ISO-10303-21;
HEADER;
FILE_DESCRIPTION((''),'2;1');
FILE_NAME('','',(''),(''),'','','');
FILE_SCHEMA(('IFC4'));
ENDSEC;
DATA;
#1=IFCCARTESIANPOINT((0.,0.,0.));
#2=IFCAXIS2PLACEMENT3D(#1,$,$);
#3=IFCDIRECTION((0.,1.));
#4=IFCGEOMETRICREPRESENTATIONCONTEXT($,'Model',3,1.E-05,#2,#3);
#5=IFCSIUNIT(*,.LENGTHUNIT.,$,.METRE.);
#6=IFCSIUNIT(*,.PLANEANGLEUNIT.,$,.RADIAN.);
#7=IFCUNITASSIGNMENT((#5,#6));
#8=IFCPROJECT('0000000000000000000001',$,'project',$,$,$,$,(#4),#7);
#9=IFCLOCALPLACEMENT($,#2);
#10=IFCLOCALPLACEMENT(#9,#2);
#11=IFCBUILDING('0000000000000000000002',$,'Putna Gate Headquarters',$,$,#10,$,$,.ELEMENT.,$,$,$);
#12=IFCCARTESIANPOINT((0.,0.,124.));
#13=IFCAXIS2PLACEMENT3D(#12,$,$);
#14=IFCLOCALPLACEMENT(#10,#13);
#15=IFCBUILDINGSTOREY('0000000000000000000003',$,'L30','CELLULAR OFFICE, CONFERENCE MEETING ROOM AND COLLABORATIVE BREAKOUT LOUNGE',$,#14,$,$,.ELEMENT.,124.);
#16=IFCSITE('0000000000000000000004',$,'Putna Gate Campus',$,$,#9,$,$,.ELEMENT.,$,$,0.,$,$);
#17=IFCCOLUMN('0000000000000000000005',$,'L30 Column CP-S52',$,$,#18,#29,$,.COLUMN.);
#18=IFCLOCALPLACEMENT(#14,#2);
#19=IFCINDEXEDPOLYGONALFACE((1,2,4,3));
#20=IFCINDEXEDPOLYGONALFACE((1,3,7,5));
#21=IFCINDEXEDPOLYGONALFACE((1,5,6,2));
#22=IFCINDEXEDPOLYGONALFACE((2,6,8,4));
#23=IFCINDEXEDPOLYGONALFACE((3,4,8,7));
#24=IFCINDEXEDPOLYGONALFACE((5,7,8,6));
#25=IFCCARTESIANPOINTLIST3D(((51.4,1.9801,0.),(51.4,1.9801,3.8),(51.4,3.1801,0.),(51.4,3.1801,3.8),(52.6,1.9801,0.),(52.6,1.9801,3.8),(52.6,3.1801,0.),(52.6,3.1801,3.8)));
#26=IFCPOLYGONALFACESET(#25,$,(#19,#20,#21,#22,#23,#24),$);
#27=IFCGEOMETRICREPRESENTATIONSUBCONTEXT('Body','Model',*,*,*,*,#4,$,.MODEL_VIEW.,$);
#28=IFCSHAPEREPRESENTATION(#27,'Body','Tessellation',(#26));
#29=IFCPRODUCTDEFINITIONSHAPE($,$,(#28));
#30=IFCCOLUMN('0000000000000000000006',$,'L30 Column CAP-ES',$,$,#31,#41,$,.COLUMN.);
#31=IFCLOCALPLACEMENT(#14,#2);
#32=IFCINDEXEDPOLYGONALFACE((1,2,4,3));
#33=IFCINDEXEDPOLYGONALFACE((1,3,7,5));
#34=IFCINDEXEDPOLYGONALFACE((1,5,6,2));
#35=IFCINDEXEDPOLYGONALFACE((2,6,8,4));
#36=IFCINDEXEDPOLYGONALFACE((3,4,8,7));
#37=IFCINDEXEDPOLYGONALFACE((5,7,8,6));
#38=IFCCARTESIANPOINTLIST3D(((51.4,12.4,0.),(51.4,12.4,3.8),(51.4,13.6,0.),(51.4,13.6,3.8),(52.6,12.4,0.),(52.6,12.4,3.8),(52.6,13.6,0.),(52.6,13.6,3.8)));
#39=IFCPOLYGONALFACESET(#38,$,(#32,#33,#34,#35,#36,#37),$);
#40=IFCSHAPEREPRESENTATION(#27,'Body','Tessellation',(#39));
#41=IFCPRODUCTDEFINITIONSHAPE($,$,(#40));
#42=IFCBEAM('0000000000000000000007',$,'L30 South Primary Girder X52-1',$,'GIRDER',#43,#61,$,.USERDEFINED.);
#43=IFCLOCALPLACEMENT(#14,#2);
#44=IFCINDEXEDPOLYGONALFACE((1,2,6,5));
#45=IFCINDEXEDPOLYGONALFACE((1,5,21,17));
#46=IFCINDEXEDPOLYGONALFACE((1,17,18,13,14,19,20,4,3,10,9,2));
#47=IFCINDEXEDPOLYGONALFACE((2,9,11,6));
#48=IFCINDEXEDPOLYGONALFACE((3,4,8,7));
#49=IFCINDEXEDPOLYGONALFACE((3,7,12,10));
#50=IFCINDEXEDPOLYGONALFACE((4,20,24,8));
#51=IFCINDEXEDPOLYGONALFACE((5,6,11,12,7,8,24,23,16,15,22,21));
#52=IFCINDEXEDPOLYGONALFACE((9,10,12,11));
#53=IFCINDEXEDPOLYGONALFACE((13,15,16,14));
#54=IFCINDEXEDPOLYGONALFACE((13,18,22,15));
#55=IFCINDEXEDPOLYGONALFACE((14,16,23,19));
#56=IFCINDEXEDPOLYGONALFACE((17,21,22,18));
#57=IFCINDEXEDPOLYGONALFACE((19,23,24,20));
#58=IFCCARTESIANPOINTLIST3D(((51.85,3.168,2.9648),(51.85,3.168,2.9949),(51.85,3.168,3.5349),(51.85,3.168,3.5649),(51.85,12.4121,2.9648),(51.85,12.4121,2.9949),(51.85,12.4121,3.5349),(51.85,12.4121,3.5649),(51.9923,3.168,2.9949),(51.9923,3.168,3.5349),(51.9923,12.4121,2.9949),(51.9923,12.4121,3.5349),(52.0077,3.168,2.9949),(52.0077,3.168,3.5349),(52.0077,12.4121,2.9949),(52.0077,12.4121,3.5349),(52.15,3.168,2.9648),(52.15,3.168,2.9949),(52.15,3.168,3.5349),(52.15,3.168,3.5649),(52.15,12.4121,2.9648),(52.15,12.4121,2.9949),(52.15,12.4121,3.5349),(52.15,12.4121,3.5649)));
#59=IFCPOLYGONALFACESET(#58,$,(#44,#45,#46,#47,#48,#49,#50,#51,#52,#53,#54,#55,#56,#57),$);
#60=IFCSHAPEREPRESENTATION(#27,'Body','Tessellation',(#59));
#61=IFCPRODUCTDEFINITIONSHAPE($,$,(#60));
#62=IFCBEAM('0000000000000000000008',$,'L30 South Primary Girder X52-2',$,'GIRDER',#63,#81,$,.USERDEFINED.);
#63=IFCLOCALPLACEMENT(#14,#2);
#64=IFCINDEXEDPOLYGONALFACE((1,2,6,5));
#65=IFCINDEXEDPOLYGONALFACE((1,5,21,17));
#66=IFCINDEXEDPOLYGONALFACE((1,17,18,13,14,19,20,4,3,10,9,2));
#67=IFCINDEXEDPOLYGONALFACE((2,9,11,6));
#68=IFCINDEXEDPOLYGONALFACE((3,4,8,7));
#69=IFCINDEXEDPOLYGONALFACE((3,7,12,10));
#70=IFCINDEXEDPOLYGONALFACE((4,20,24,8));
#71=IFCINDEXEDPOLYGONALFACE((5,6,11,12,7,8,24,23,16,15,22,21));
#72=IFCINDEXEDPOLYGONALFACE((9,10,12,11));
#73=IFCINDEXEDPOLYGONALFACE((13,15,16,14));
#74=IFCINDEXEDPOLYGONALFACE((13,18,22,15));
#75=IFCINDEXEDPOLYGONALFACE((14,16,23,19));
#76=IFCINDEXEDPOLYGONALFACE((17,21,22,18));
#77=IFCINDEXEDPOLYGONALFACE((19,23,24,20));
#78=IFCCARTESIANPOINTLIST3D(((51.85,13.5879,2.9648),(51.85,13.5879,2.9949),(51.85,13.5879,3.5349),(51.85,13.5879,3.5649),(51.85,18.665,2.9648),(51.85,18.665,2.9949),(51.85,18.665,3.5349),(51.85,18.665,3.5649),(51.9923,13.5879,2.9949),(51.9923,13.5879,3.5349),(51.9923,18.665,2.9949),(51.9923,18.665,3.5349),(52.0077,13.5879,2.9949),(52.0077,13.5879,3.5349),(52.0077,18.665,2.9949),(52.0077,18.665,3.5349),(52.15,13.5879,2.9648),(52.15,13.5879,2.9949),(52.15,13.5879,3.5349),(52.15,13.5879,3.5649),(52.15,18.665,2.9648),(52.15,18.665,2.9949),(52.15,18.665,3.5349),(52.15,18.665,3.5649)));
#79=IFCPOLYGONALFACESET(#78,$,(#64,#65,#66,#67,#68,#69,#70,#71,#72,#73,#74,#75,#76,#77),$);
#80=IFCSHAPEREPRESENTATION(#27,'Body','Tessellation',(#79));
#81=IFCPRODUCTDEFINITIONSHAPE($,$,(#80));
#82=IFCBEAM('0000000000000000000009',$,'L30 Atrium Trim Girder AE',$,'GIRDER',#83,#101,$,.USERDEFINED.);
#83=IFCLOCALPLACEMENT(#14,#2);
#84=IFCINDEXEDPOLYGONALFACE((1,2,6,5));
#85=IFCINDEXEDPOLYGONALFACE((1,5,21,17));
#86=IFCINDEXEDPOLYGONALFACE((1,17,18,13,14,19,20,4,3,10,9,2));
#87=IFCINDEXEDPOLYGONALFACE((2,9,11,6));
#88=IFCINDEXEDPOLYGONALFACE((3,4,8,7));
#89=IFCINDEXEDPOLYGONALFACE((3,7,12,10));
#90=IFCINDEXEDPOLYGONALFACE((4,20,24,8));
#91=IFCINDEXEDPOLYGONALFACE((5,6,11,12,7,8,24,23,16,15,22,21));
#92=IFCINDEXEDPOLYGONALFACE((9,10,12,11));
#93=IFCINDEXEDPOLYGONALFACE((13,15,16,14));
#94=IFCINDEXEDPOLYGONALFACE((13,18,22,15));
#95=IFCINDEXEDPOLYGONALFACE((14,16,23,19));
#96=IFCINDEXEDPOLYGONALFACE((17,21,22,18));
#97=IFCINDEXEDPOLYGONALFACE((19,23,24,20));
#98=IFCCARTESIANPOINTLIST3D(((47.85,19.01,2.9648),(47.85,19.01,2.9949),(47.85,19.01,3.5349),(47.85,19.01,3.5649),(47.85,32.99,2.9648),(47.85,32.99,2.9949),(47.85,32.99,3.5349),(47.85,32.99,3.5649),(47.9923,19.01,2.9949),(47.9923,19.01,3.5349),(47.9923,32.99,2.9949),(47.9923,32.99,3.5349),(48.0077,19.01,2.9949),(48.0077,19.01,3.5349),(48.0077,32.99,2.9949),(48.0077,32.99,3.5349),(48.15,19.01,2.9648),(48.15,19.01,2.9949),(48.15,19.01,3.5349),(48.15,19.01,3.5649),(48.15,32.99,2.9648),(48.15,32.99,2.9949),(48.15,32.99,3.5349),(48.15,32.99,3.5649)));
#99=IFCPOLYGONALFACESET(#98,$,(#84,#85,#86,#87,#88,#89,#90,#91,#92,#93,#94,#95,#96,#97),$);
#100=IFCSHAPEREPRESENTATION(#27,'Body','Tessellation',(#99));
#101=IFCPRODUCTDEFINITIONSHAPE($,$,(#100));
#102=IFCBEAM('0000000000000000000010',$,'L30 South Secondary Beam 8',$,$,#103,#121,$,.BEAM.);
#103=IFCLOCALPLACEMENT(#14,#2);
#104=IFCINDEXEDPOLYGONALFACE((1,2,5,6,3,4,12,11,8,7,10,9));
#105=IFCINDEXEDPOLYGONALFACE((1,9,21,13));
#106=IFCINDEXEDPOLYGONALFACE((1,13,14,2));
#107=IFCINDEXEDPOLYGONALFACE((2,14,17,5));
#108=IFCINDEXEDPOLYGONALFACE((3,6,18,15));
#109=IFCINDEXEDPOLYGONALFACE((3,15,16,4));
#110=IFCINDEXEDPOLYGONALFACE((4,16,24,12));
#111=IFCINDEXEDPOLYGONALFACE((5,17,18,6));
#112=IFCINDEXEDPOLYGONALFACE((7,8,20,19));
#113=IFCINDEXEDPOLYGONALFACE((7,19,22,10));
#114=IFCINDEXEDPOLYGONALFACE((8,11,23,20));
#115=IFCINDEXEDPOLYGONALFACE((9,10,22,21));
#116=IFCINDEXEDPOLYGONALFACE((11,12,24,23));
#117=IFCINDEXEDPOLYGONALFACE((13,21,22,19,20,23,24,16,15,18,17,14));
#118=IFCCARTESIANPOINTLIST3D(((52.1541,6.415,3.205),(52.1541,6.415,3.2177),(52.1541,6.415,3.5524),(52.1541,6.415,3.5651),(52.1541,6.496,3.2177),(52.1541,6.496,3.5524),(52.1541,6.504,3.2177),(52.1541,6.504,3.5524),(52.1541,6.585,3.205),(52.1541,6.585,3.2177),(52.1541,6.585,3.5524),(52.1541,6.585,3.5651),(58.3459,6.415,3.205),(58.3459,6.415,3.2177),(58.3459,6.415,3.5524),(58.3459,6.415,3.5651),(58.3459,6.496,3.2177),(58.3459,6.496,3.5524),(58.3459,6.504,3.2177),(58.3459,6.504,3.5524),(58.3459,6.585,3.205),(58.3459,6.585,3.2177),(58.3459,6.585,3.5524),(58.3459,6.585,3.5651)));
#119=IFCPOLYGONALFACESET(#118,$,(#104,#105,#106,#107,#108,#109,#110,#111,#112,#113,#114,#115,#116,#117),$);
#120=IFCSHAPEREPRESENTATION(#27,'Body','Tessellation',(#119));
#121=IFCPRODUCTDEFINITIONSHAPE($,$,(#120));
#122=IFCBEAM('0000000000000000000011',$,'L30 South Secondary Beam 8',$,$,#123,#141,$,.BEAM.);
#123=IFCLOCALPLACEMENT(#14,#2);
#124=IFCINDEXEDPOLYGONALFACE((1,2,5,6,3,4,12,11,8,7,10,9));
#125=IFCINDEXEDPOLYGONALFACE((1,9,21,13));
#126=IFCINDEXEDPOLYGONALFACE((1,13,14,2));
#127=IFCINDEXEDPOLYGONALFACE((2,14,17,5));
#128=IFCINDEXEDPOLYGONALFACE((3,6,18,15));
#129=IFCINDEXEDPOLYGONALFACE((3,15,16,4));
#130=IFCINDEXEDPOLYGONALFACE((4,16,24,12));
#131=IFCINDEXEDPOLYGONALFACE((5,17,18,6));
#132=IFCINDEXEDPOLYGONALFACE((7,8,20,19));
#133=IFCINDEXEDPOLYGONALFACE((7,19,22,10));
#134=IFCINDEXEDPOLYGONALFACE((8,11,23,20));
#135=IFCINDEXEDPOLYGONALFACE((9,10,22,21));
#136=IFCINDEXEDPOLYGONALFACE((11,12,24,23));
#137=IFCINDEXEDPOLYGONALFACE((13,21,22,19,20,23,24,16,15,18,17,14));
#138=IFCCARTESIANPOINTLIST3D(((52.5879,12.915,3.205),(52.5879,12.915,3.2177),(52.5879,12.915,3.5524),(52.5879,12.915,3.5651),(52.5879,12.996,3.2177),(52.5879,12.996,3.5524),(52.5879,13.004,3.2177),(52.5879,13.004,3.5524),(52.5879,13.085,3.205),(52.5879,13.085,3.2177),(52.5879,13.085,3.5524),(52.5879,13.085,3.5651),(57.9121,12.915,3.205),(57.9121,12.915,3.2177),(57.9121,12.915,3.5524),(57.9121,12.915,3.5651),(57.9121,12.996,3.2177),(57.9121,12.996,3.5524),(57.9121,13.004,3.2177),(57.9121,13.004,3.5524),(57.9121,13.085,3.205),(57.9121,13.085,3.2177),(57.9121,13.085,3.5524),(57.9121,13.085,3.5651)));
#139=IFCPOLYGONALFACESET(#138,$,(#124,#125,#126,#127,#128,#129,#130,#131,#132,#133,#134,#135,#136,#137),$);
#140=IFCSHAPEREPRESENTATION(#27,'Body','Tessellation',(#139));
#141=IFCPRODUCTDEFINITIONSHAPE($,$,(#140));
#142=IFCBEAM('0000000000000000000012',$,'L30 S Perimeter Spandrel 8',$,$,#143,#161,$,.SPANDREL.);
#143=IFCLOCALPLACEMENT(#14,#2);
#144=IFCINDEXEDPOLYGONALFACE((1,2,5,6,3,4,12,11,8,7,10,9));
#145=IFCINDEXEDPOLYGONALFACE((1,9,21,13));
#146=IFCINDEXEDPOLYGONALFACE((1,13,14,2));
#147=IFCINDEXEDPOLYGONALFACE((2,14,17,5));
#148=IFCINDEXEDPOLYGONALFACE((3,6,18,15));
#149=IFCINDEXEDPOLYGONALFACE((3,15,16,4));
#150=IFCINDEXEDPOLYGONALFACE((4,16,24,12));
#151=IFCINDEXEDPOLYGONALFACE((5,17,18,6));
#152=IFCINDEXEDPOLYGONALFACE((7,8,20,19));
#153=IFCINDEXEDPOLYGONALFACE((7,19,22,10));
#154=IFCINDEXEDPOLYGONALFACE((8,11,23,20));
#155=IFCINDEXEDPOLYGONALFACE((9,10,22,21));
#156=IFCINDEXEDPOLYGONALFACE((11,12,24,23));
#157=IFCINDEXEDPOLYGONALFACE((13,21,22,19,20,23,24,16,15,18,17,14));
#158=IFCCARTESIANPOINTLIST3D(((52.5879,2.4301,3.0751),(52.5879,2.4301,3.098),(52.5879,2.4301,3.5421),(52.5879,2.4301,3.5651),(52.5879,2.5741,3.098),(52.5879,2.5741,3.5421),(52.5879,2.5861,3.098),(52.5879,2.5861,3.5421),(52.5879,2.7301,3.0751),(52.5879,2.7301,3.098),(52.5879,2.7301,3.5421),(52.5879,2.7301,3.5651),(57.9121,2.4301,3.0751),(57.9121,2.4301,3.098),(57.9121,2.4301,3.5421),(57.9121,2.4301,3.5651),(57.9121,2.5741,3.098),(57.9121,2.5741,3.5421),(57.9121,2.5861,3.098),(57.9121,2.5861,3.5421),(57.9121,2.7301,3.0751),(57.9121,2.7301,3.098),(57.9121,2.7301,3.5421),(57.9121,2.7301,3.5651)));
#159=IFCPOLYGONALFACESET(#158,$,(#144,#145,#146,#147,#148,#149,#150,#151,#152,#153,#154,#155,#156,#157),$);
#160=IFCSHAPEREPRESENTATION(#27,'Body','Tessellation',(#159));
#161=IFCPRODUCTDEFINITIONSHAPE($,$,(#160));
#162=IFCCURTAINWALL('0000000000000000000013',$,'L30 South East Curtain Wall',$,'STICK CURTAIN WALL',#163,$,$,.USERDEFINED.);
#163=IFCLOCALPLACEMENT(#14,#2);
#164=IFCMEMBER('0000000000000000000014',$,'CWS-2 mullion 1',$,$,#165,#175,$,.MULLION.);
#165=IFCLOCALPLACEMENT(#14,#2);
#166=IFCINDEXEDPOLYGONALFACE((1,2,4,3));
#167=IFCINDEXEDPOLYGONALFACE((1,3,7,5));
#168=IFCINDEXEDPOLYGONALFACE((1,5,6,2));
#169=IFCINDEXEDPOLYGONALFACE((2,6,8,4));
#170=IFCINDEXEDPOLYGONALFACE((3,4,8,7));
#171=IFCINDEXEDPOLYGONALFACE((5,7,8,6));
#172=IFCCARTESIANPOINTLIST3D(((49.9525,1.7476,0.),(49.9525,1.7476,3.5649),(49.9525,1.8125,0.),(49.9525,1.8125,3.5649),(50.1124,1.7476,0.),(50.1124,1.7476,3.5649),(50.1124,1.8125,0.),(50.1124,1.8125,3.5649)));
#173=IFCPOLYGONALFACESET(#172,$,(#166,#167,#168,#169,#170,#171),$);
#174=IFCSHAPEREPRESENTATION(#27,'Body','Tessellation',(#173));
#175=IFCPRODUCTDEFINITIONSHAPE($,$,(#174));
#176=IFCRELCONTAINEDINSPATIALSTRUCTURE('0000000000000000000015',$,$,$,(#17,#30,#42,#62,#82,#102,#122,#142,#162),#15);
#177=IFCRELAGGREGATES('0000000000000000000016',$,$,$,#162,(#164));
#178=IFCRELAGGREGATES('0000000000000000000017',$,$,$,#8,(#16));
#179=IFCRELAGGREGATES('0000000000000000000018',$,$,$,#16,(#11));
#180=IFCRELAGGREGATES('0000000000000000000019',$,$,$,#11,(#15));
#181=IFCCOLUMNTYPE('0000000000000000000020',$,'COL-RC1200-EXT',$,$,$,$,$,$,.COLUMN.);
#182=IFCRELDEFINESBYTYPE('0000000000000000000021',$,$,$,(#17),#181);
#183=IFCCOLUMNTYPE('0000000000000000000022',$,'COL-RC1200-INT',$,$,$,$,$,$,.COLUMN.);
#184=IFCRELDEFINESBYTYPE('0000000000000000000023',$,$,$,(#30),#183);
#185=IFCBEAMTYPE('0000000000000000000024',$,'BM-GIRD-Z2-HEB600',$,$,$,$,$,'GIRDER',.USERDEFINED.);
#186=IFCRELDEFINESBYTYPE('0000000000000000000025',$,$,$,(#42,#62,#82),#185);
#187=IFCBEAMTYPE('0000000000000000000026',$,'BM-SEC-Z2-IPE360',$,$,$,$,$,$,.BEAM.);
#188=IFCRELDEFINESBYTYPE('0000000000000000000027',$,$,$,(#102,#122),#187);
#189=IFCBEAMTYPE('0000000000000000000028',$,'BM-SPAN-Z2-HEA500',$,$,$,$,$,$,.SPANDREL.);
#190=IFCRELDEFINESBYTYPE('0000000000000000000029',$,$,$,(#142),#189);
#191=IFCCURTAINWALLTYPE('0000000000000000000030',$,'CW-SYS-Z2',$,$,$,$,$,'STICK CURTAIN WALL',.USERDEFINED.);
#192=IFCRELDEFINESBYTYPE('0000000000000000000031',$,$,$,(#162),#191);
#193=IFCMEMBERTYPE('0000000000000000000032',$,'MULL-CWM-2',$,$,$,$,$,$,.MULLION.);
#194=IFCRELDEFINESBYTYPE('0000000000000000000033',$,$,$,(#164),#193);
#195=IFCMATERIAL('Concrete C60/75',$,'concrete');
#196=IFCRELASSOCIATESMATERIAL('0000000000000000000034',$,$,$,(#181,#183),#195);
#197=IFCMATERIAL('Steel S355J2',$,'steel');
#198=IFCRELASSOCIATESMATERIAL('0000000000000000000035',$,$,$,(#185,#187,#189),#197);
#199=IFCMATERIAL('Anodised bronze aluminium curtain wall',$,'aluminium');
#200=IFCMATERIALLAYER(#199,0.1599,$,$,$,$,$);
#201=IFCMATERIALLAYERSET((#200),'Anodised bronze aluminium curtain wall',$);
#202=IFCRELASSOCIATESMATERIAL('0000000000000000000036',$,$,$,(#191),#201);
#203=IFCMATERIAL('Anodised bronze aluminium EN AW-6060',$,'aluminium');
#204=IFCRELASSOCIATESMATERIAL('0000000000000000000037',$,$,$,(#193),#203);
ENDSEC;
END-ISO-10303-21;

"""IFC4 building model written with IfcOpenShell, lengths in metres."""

from ifc_helpers import new_model, si_unit, direction, frame, origin, origin_2d, place, context, subcontext, project, spatial, rectangle, i_section, extrude, material, layer, layer_set, material_profile, profile_set, type_object, element, aggregate, save


model = new_model("IFC4")

# Units and contexts
model_context = context("Model", 3, precision=1e-05, world=origin(), true_north=direction((0.0, 1.0)))
body_context = subcontext(model_context, "Body", "Model", "MODEL_VIEW")
ifc_project = project(units=[si_unit("LENGTHUNIT", "METRE"), si_unit("PLANEANGLEUNIT", "RADIAN")], contexts=[model_context])

# Site, building, storey
site_placement = place(None, origin())
site = spatial("IfcSite", under=ifc_project, at=site_placement, Name="Putna Gate Campus", CompositionType="ELEMENT", RefElevation=0.0)
building_placement = place(site_placement, origin())
building = spatial("IfcBuilding", under=site, at=building_placement, Name="Putna Gate Headquarters", CompositionType="ELEMENT")
storey_placement = place(building_placement, frame((0.0, 0.0, 124.0)))
storey = spatial("IfcBuildingStorey", under=building, at=storey_placement, Name="L30", Description="CELLULAR OFFICE, CONFERENCE MEETING ROOM AND COLLABORATIVE BREAKOUT LOUNGE", CompositionType="ELEMENT", Elevation=124.0)

# Columns
ifc_material_1 = material(Name="Concrete C60/75", Category="concrete")
ifc_material_profile_1 = material_profile(ifc_material_1, rectangle(XDim=1.2, YDim=1.2, at=origin_2d()), Name="Concrete C60/75")
ifc_profile_set_1 = profile_set([ifc_material_profile_1], Name="Concrete C60/75")
column_type_1 = type_object("IfcColumnType", Name="COL-RC1200-EXT", PredefinedType="COLUMN", material=ifc_profile_set_1)
column_1_placement = place(storey_placement, frame((52.0, 2.5801, 0.0), z_axis=(0.0, 0.0, 1.0), x_axis=(1.0, 0.0, 0.0)))
element("IfcColumn", 1, at=column_1_placement, inside=storey, type_object=column_type_1, Name="L30 Column CP-S52", PredefinedType="COLUMN", context=body_context, shape_type="SweptSolid", body=[
    extrude(rectangle(XDim=1.2, YDim=1.2, at=origin_2d()), origin(), (0.0, 0.0, 1.0), 3.8),
])
ifc_material_profile_2 = material_profile(ifc_material_1, rectangle(XDim=1.2, YDim=1.2, at=origin_2d()), Name="Concrete C60/75")
ifc_profile_set_2 = profile_set([ifc_material_profile_2], Name="Concrete C60/75")
column_type_2 = type_object("IfcColumnType", Name="COL-RC1200-INT", PredefinedType="COLUMN", material=ifc_profile_set_2)
column_2_placement = place(storey_placement, frame((52.0, 13.0, 0.0), z_axis=(0.0, 0.0, 1.0), x_axis=(1.0, 0.0, 0.0)))
element("IfcColumn", 2, at=column_2_placement, inside=storey, type_object=column_type_2, Name="L30 Column CAP-ES", PredefinedType="COLUMN", context=body_context, shape_type="SweptSolid", body=[
    extrude(rectangle(XDim=1.2, YDim=1.2, at=origin_2d()), origin(), (0.0, 0.0, 1.0), 3.8),
])

# Beams
ifc_material_2 = material(Name="Steel S355J2", Category="steel")
ifc_material_profile_3 = material_profile(ifc_material_2, i_section(OverallWidth=0.3, OverallDepth=0.6001, WebThickness=0.0154, FlangeThickness=0.03, at=origin_2d()), Name="Steel S355J2")
ifc_profile_set_3 = profile_set([ifc_material_profile_3], Name="Steel S355J2")
beam_type_1 = type_object("IfcBeamType", Name="BM-GIRD-Z2-HEB600", ElementType="GIRDER", PredefinedType="USERDEFINED", material=ifc_profile_set_3)
beam_1_placement = place(storey_placement, frame((52.0, 3.168, 3.2649), z_axis=(0.0, 1.0, 0.0), x_axis=(-1.0, 0.0, 0.0)))
element("IfcBeam", 3, at=beam_1_placement, inside=storey, type_object=beam_type_1, Name="L30 South Primary Girder X52-1", ObjectType="GIRDER", PredefinedType="USERDEFINED", context=body_context, shape_type="SweptSolid", body=[
    extrude(i_section(OverallWidth=0.3, OverallDepth=0.6001, WebThickness=0.0154, FlangeThickness=0.03, at=origin_2d()), origin(), (0.0, 0.0, 1.0), 9.2441),
])
beam_2_placement = place(storey_placement, frame((52.0, 13.5879, 3.2649), z_axis=(0.0, 1.0, 0.0), x_axis=(-1.0, 0.0, 0.0)))
element("IfcBeam", 4, at=beam_2_placement, inside=storey, type_object=beam_type_1, Name="L30 South Primary Girder X52-2", ObjectType="GIRDER", PredefinedType="USERDEFINED", context=body_context, shape_type="SweptSolid", body=[
    extrude(i_section(OverallWidth=0.3, OverallDepth=0.6001, WebThickness=0.0154, FlangeThickness=0.03, at=origin_2d()), origin(), (0.0, 0.0, 1.0), 5.0771),
])
beam_3_placement = place(storey_placement, frame((48.0, 19.01, 3.2649), z_axis=(0.0, 1.0, 0.0), x_axis=(-1.0, 0.0, 0.0)))
element("IfcBeam", 5, at=beam_3_placement, inside=storey, type_object=beam_type_1, Name="L30 Atrium Trim Girder AE", ObjectType="GIRDER", PredefinedType="USERDEFINED", context=body_context, shape_type="SweptSolid", body=[
    extrude(i_section(OverallWidth=0.3, OverallDepth=0.6001, WebThickness=0.0154, FlangeThickness=0.03, at=origin_2d()), origin(), (0.0, 0.0, 1.0), 13.98),
])
ifc_material_profile_4 = material_profile(ifc_material_2, i_section(OverallWidth=0.1699, OverallDepth=0.3601, WebThickness=0.0081, FlangeThickness=0.0127, at=origin_2d()), Name="Steel S355J2")
ifc_profile_set_4 = profile_set([ifc_material_profile_4], Name="Steel S355J2")
beam_type_2 = type_object("IfcBeamType", Name="BM-SEC-Z2-IPE360", PredefinedType="BEAM", material=ifc_profile_set_4)
beam_4_placement = place(storey_placement, frame((52.1541, 6.5, 3.385), z_axis=(1.0, 0.0, 0.0), x_axis=(0.0, 1.0, 0.0)))
element("IfcBeam", 6, at=beam_4_placement, inside=storey, type_object=beam_type_2, Name="L30 South Secondary Beam 8", PredefinedType="BEAM", context=body_context, shape_type="SweptSolid", body=[
    extrude(i_section(OverallWidth=0.1699, OverallDepth=0.3601, WebThickness=0.0081, FlangeThickness=0.0127, at=origin_2d()), origin(), (0.0, 0.0, 1.0), 6.1919),
])
beam_5_placement = place(storey_placement, frame((52.5879, 13.0, 3.385), z_axis=(1.0, 0.0, 0.0), x_axis=(0.0, 1.0, 0.0)))
element("IfcBeam", 7, at=beam_5_placement, inside=storey, type_object=beam_type_2, Name="L30 South Secondary Beam 8", PredefinedType="BEAM", context=body_context, shape_type="SweptSolid", body=[
    extrude(i_section(OverallWidth=0.1699, OverallDepth=0.3601, WebThickness=0.0081, FlangeThickness=0.0127, at=origin_2d()), origin(), (0.0, 0.0, 1.0), 5.3242),
])
ifc_material_profile_5 = material_profile(ifc_material_2, i_section(OverallWidth=0.3, OverallDepth=0.49, WebThickness=0.012, FlangeThickness=0.0229, at=origin_2d()), Name="Steel S355J2")
ifc_profile_set_5 = profile_set([ifc_material_profile_5], Name="Steel S355J2")
beam_type_3 = type_object("IfcBeamType", Name="BM-SPAN-Z2-HEA500", PredefinedType="SPANDREL", material=ifc_profile_set_5)
beam_6_placement = place(storey_placement, frame((52.5879, 2.5801, 3.3201), z_axis=(1.0, 0.0, 0.0), x_axis=(0.0, 1.0, 0.0)))
element("IfcBeam", 8, at=beam_6_placement, inside=storey, type_object=beam_type_3, Name="L30 S Perimeter Spandrel 8", PredefinedType="SPANDREL", context=body_context, shape_type="SweptSolid", body=[
    extrude(i_section(OverallWidth=0.3, OverallDepth=0.49, WebThickness=0.012, FlangeThickness=0.0229, at=origin_2d()), origin(), (0.0, 0.0, 1.0), 5.3242),
])

# Curtain wall, member
ifc_material_3 = material(Name="Anodised bronze aluminium curtain wall", Category="aluminium")
ifc_layer_1 = layer(ifc_material_3, 0.1599)
ifc_layer_set_1 = layer_set([ifc_layer_1], Name="Anodised bronze aluminium curtain wall")
curtain_wall_type_1 = type_object("IfcCurtainWallType", Name="CW-SYS-Z2", ElementType="STICK CURTAIN WALL", PredefinedType="USERDEFINED", material=ifc_layer_set_1)
curtain_wall_1_placement = place(storey_placement, origin())
curtain_wall_1 = element("IfcCurtainWall", 9, at=curtain_wall_1_placement, inside=storey, type_object=curtain_wall_type_1, Name="L30 South East Curtain Wall", ObjectType="STICK CURTAIN WALL", PredefinedType="USERDEFINED")
ifc_material_4 = material(Name="Anodised bronze aluminium EN AW-6060", Category="aluminium")
ifc_material_profile_6 = material_profile(ifc_material_4, rectangle(XDim=0.0649, YDim=0.1599, at=origin_2d()), Name="Anodised bronze aluminium EN AW-6060")
ifc_profile_set_6 = profile_set([ifc_material_profile_6], Name="Anodised bronze aluminium EN AW-6060")
member_type_1 = type_object("IfcMemberType", Name="MULL-CWM-2", PredefinedType="MULLION", material=ifc_profile_set_6)
member_1_placement = place(storey_placement, frame((50.0325, 1.78, 0.0), z_axis=(0.0, 0.0, 1.0), x_axis=(0.0, 1.0, 0.0)))
member_1 = element("IfcMember", 10, at=member_1_placement, type_object=member_type_1, Name="CWS-2 mullion 1", PredefinedType="MULLION", context=body_context, shape_type="SweptSolid", body=[
    extrude(rectangle(XDim=0.0649, YDim=0.1599, at=origin_2d()), origin(), (0.0, 0.0, 1.0), 3.5649),
])

aggregate(curtain_wall_1, [member_1])

save(model, "model.ifc")
